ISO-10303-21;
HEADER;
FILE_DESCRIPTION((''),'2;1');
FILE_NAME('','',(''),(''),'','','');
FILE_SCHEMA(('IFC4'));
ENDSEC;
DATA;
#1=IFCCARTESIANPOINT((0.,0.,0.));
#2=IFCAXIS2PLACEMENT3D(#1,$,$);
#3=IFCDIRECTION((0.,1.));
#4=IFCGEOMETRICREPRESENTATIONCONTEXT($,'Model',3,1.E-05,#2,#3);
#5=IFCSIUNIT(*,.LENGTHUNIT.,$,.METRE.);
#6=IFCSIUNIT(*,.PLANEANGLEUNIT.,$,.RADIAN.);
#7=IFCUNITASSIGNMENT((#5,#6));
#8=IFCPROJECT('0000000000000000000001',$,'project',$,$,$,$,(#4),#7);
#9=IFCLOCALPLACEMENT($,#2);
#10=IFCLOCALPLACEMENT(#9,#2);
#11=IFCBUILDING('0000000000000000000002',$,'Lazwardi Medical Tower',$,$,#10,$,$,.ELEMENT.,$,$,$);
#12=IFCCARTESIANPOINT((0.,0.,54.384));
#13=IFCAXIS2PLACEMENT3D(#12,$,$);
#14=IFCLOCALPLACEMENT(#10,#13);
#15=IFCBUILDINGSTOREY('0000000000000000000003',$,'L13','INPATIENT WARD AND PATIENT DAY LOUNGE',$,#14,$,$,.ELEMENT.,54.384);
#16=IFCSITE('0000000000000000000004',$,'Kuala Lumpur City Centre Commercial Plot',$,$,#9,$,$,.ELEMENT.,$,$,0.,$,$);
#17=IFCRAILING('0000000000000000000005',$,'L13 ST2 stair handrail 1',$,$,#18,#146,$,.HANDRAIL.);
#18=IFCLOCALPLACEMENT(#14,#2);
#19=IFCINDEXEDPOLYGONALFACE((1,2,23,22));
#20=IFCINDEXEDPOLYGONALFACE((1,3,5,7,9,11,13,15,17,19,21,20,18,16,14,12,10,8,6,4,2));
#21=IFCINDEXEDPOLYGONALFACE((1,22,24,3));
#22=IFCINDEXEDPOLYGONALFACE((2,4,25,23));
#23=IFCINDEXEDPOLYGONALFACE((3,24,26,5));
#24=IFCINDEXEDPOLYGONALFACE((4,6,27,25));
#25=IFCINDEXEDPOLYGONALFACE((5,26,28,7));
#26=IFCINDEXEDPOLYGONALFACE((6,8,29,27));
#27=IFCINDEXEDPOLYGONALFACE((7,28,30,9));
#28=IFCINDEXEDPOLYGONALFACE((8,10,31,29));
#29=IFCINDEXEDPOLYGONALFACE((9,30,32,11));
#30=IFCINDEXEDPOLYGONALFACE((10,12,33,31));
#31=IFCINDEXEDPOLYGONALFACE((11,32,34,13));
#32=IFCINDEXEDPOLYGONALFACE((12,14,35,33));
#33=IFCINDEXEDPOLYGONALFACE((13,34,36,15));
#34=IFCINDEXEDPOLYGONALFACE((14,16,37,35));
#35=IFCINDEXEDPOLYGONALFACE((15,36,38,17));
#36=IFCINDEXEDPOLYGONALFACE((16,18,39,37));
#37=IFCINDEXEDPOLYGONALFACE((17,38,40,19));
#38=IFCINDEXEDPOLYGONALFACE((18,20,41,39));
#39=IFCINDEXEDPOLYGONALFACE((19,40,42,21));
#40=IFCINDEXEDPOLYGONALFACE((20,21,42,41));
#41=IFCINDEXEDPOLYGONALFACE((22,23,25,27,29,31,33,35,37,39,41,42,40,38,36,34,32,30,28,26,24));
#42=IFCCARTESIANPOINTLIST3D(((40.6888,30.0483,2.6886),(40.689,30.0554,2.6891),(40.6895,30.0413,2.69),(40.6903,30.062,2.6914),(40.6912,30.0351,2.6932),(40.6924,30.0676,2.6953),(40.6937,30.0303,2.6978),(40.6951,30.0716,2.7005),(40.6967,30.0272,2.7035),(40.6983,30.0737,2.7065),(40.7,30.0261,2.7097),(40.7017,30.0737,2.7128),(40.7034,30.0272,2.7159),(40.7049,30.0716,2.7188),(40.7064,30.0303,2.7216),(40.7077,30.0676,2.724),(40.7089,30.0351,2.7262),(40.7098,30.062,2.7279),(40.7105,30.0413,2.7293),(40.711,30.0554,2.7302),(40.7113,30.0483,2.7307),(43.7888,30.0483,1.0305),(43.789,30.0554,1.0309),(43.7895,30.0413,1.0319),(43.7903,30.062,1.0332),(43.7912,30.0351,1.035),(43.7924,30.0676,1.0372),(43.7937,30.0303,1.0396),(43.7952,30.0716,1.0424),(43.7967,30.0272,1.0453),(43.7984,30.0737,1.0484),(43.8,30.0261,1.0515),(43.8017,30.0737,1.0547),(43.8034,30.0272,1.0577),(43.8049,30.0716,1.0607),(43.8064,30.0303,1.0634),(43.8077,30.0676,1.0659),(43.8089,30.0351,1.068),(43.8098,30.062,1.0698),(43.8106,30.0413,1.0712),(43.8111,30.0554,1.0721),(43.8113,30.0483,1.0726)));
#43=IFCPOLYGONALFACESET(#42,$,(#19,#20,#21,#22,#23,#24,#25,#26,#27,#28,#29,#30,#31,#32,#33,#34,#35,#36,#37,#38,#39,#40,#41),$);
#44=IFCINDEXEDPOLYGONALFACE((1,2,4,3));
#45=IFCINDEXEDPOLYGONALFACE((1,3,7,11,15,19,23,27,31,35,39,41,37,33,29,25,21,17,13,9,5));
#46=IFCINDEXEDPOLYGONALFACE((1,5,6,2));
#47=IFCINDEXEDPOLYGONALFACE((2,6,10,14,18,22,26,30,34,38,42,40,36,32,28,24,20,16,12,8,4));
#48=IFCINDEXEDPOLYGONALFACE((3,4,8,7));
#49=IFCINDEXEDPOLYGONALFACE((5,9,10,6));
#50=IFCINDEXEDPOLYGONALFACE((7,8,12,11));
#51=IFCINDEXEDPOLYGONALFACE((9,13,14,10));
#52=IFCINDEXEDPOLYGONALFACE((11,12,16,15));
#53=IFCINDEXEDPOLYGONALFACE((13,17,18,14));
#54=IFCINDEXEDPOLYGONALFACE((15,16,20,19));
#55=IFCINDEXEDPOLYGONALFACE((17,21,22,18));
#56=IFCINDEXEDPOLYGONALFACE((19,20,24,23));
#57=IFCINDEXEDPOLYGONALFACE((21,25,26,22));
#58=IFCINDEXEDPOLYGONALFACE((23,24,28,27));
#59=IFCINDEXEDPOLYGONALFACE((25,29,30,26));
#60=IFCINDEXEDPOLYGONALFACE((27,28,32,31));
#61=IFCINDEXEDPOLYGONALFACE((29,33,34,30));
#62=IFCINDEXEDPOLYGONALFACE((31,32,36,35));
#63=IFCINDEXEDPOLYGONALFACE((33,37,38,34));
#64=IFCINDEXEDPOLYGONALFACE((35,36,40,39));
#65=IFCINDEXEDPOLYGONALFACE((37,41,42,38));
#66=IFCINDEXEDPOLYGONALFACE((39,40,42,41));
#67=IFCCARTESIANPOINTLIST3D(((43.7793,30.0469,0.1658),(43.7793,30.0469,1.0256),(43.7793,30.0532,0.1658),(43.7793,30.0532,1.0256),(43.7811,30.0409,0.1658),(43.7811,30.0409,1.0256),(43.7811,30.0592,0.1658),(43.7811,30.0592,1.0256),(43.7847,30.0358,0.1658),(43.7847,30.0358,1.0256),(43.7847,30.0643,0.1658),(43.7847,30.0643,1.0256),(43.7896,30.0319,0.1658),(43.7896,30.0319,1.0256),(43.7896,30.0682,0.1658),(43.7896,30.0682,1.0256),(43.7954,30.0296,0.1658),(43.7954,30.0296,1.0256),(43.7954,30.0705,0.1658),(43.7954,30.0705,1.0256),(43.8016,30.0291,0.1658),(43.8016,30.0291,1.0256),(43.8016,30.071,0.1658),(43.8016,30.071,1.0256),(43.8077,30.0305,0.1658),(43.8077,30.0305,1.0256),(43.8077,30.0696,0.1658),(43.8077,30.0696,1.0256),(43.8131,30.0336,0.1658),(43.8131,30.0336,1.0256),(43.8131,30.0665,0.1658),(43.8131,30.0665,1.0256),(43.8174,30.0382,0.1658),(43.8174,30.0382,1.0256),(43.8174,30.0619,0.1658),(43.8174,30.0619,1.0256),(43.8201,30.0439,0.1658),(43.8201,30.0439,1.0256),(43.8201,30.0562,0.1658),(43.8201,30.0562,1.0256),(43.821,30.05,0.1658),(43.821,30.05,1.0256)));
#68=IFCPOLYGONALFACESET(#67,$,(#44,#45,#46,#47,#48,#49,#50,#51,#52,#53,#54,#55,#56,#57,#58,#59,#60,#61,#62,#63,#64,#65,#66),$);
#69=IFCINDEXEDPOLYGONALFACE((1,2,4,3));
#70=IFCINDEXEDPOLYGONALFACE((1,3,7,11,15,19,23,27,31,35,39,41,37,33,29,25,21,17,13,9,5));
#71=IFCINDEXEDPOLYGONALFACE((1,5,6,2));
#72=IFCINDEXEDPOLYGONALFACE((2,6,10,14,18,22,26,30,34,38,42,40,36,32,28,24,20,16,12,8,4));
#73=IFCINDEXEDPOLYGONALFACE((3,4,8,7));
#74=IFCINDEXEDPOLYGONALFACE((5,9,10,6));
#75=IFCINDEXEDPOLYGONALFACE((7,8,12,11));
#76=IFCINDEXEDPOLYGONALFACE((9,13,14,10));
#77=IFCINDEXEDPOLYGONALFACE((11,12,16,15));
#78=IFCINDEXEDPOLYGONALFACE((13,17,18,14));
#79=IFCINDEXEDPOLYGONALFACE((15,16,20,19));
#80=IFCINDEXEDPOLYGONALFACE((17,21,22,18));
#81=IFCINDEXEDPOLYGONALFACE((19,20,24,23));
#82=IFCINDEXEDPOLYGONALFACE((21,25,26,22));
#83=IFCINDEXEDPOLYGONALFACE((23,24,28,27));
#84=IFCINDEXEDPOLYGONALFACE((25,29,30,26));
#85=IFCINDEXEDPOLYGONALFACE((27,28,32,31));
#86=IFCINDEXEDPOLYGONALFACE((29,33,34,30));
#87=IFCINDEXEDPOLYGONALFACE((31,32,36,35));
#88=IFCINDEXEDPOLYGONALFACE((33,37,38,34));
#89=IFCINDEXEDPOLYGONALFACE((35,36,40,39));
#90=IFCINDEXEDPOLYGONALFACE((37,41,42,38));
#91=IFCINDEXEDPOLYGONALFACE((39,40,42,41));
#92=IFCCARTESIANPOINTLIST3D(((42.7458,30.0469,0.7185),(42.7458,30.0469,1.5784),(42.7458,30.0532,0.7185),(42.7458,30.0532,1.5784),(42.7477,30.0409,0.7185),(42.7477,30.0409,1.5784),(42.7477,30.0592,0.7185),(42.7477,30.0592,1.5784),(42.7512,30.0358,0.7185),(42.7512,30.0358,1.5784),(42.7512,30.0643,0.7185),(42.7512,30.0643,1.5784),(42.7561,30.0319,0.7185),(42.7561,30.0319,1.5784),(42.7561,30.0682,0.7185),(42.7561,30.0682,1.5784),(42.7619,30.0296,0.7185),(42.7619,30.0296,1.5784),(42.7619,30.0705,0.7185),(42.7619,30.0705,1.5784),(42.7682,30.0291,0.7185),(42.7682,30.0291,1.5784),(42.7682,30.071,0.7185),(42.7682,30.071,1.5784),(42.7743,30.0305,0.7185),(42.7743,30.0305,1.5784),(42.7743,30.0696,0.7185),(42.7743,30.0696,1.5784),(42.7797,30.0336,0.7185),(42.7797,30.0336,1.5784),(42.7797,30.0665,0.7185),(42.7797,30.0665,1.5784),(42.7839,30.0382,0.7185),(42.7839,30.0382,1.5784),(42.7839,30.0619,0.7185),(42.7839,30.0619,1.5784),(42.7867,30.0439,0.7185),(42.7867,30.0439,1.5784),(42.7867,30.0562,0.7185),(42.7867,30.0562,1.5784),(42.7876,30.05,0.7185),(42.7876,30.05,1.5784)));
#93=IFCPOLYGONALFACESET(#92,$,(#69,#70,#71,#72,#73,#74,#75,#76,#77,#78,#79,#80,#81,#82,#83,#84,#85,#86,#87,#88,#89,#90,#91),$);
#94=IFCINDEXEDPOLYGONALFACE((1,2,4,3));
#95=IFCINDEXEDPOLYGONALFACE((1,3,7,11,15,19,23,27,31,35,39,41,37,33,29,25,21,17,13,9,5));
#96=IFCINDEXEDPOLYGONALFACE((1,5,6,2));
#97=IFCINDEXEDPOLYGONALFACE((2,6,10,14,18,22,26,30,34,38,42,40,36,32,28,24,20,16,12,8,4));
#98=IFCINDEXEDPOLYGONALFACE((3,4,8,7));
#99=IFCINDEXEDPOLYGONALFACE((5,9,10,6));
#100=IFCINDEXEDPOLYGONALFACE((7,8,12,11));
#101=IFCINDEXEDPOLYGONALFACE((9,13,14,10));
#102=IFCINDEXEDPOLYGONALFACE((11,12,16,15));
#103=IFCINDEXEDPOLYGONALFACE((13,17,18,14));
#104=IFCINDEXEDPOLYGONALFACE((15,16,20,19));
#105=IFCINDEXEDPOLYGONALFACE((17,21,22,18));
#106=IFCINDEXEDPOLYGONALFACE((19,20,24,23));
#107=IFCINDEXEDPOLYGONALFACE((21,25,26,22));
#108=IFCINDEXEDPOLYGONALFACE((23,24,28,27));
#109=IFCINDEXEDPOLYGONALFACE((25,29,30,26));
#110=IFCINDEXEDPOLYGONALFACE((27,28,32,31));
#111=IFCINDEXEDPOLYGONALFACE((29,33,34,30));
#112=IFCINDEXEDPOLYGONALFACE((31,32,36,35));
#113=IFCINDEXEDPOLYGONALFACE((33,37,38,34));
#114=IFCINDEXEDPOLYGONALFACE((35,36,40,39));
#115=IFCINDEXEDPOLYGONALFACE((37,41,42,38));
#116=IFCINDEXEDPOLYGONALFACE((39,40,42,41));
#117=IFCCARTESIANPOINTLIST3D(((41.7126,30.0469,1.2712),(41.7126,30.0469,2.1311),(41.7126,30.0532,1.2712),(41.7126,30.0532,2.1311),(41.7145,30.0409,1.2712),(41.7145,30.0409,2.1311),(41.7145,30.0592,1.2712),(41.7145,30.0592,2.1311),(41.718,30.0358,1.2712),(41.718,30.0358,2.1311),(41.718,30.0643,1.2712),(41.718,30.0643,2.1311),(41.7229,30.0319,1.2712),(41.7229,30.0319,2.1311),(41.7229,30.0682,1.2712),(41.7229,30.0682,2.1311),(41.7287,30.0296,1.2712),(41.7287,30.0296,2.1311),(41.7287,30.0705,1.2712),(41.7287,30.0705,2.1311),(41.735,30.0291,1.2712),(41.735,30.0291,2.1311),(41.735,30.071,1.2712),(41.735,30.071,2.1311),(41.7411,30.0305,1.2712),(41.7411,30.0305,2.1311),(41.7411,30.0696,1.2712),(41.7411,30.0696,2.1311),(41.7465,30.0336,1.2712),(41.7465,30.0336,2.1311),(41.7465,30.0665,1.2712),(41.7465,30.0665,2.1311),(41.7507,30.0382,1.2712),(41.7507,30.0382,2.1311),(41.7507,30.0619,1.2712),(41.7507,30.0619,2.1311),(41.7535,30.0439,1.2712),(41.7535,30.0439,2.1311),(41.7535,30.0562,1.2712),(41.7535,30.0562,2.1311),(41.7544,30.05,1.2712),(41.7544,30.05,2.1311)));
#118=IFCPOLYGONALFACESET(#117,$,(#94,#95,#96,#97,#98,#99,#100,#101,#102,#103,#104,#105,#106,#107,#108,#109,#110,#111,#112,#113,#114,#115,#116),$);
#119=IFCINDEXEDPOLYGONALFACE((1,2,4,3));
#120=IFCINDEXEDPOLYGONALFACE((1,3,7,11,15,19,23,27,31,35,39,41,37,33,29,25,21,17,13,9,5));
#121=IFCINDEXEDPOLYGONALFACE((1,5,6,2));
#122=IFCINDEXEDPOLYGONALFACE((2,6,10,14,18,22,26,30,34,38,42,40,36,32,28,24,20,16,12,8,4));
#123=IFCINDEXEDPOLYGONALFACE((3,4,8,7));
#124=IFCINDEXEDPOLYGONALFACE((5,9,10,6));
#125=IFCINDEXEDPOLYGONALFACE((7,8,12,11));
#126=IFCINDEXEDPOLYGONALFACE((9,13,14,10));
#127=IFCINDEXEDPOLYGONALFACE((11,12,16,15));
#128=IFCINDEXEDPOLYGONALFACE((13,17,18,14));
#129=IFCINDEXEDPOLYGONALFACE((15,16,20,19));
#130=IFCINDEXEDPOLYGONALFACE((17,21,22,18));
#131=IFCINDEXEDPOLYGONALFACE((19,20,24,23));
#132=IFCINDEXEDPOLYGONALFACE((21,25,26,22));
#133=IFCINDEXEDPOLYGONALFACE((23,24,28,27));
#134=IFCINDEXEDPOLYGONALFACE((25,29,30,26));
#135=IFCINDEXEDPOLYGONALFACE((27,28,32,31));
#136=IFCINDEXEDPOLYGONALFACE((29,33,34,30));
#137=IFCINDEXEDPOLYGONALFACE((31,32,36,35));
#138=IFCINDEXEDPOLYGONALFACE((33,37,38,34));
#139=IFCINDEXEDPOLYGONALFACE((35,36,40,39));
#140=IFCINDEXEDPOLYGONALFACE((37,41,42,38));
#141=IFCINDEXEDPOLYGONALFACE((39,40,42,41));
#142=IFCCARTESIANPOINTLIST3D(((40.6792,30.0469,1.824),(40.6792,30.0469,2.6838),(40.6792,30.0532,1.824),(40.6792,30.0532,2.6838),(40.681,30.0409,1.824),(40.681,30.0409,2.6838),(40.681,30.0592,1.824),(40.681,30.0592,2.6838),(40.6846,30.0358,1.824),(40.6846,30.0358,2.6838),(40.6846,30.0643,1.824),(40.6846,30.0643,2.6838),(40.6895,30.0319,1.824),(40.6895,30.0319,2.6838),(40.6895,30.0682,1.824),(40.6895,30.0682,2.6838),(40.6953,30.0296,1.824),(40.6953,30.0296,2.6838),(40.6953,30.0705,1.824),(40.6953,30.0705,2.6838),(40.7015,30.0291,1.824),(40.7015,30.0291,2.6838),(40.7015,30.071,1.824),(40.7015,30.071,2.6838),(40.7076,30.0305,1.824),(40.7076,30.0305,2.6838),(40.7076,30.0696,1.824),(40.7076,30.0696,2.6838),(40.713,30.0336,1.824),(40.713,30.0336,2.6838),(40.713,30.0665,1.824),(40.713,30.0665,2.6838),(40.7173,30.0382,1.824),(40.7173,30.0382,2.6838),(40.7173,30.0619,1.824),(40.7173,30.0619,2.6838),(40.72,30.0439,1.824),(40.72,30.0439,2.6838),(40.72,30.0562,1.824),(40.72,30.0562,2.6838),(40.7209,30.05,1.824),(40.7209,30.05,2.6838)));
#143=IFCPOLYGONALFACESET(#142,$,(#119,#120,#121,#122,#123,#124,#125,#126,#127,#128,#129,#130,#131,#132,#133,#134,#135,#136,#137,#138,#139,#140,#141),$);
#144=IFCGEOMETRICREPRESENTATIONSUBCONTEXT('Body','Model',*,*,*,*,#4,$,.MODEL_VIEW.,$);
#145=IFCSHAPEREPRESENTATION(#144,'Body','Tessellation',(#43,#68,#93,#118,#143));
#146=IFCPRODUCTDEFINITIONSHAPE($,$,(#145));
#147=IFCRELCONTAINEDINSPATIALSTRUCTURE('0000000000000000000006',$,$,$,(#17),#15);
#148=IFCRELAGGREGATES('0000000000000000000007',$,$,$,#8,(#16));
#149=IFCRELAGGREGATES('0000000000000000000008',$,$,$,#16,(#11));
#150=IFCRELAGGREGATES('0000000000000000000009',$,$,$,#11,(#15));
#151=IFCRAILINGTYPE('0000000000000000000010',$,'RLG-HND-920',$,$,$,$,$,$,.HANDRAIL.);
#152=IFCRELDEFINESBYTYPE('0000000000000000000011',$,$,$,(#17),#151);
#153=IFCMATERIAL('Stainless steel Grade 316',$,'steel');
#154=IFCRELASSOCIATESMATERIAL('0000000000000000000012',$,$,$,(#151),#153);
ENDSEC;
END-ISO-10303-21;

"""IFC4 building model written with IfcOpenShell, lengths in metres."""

from ifc_helpers import new_model, si_unit, direction, frame, origin, origin_2d, place, context, subcontext, project, spatial, circle, extrude, material, type_object, element, save


model = new_model("IFC4")

# Units and contexts
model_context = context("Model", 3, precision=1e-05, world=origin(), true_north=direction((0.0, 1.0)))
body_context = subcontext(model_context, "Body", "Model", "MODEL_VIEW")
ifc_project = project(units=[si_unit("LENGTHUNIT", "METRE"), si_unit("PLANEANGLEUNIT", "RADIAN")], contexts=[model_context])

# Site, building, storey
site_placement = place(None, origin())
site = spatial("IfcSite", under=ifc_project, at=site_placement, Name="Kuala Lumpur City Centre Commercial Plot", CompositionType="ELEMENT", RefElevation=0.0)
building_placement = place(site_placement, origin())
building = spatial("IfcBuilding", under=site, at=building_placement, Name="Lazwardi Medical Tower", CompositionType="ELEMENT")
storey_placement = place(building_placement, frame((0.0, 0.0, 54.384)))
storey = spatial("IfcBuildingStorey", under=building, at=storey_placement, Name="L13", Description="INPATIENT WARD AND PATIENT DAY LOUNGE", CompositionType="ELEMENT", Elevation=54.384)

# Railing
ifc_material_1 = material(Name="Stainless steel Grade 316", Category="steel")
railing_type_1 = type_object("IfcRailingType", Name="RLG-HND-920", PredefinedType="HANDRAIL", material=ifc_material_1)
railing_1_placement = place(storey_placement, frame((43.8, 30.05, 0.1658)))
element("IfcRailing", 1, at=railing_1_placement, inside=storey, type_object=railing_type_1, Name="L13 ST2 stair handrail 1", PredefinedType="HANDRAIL", context=body_context, shape_type="SweptSolid", body=[
    extrude(circle(Radius=0.0239, at=origin_2d()), frame((0.0, 0.0, 0.8857), z_axis=(-0.881783, 0.0, 0.471655), x_axis=(0.0, -1.0, 0.0)), (0.0, 0.0, 1.0), 3.5156),
    extrude(circle(Radius=0.021, at=origin_2d()), origin(), (0.0, 0.0, 1.0), 0.8599),
    extrude(circle(Radius=0.021, at=origin_2d()), frame((-1.0334, 0.0, 0.5527)), (0.0, 0.0, 1.0), 0.8599),
    extrude(circle(Radius=0.021, at=origin_2d()), frame((-2.0667, 0.0, 1.1055)), (0.0, 0.0, 1.0), 0.8599),
    extrude(circle(Radius=0.021, at=origin_2d()), frame((-3.1001, 0.0, 1.6582)), (0.0, 0.0, 1.0), 0.8599),
])

save(model, "model.ifc")
